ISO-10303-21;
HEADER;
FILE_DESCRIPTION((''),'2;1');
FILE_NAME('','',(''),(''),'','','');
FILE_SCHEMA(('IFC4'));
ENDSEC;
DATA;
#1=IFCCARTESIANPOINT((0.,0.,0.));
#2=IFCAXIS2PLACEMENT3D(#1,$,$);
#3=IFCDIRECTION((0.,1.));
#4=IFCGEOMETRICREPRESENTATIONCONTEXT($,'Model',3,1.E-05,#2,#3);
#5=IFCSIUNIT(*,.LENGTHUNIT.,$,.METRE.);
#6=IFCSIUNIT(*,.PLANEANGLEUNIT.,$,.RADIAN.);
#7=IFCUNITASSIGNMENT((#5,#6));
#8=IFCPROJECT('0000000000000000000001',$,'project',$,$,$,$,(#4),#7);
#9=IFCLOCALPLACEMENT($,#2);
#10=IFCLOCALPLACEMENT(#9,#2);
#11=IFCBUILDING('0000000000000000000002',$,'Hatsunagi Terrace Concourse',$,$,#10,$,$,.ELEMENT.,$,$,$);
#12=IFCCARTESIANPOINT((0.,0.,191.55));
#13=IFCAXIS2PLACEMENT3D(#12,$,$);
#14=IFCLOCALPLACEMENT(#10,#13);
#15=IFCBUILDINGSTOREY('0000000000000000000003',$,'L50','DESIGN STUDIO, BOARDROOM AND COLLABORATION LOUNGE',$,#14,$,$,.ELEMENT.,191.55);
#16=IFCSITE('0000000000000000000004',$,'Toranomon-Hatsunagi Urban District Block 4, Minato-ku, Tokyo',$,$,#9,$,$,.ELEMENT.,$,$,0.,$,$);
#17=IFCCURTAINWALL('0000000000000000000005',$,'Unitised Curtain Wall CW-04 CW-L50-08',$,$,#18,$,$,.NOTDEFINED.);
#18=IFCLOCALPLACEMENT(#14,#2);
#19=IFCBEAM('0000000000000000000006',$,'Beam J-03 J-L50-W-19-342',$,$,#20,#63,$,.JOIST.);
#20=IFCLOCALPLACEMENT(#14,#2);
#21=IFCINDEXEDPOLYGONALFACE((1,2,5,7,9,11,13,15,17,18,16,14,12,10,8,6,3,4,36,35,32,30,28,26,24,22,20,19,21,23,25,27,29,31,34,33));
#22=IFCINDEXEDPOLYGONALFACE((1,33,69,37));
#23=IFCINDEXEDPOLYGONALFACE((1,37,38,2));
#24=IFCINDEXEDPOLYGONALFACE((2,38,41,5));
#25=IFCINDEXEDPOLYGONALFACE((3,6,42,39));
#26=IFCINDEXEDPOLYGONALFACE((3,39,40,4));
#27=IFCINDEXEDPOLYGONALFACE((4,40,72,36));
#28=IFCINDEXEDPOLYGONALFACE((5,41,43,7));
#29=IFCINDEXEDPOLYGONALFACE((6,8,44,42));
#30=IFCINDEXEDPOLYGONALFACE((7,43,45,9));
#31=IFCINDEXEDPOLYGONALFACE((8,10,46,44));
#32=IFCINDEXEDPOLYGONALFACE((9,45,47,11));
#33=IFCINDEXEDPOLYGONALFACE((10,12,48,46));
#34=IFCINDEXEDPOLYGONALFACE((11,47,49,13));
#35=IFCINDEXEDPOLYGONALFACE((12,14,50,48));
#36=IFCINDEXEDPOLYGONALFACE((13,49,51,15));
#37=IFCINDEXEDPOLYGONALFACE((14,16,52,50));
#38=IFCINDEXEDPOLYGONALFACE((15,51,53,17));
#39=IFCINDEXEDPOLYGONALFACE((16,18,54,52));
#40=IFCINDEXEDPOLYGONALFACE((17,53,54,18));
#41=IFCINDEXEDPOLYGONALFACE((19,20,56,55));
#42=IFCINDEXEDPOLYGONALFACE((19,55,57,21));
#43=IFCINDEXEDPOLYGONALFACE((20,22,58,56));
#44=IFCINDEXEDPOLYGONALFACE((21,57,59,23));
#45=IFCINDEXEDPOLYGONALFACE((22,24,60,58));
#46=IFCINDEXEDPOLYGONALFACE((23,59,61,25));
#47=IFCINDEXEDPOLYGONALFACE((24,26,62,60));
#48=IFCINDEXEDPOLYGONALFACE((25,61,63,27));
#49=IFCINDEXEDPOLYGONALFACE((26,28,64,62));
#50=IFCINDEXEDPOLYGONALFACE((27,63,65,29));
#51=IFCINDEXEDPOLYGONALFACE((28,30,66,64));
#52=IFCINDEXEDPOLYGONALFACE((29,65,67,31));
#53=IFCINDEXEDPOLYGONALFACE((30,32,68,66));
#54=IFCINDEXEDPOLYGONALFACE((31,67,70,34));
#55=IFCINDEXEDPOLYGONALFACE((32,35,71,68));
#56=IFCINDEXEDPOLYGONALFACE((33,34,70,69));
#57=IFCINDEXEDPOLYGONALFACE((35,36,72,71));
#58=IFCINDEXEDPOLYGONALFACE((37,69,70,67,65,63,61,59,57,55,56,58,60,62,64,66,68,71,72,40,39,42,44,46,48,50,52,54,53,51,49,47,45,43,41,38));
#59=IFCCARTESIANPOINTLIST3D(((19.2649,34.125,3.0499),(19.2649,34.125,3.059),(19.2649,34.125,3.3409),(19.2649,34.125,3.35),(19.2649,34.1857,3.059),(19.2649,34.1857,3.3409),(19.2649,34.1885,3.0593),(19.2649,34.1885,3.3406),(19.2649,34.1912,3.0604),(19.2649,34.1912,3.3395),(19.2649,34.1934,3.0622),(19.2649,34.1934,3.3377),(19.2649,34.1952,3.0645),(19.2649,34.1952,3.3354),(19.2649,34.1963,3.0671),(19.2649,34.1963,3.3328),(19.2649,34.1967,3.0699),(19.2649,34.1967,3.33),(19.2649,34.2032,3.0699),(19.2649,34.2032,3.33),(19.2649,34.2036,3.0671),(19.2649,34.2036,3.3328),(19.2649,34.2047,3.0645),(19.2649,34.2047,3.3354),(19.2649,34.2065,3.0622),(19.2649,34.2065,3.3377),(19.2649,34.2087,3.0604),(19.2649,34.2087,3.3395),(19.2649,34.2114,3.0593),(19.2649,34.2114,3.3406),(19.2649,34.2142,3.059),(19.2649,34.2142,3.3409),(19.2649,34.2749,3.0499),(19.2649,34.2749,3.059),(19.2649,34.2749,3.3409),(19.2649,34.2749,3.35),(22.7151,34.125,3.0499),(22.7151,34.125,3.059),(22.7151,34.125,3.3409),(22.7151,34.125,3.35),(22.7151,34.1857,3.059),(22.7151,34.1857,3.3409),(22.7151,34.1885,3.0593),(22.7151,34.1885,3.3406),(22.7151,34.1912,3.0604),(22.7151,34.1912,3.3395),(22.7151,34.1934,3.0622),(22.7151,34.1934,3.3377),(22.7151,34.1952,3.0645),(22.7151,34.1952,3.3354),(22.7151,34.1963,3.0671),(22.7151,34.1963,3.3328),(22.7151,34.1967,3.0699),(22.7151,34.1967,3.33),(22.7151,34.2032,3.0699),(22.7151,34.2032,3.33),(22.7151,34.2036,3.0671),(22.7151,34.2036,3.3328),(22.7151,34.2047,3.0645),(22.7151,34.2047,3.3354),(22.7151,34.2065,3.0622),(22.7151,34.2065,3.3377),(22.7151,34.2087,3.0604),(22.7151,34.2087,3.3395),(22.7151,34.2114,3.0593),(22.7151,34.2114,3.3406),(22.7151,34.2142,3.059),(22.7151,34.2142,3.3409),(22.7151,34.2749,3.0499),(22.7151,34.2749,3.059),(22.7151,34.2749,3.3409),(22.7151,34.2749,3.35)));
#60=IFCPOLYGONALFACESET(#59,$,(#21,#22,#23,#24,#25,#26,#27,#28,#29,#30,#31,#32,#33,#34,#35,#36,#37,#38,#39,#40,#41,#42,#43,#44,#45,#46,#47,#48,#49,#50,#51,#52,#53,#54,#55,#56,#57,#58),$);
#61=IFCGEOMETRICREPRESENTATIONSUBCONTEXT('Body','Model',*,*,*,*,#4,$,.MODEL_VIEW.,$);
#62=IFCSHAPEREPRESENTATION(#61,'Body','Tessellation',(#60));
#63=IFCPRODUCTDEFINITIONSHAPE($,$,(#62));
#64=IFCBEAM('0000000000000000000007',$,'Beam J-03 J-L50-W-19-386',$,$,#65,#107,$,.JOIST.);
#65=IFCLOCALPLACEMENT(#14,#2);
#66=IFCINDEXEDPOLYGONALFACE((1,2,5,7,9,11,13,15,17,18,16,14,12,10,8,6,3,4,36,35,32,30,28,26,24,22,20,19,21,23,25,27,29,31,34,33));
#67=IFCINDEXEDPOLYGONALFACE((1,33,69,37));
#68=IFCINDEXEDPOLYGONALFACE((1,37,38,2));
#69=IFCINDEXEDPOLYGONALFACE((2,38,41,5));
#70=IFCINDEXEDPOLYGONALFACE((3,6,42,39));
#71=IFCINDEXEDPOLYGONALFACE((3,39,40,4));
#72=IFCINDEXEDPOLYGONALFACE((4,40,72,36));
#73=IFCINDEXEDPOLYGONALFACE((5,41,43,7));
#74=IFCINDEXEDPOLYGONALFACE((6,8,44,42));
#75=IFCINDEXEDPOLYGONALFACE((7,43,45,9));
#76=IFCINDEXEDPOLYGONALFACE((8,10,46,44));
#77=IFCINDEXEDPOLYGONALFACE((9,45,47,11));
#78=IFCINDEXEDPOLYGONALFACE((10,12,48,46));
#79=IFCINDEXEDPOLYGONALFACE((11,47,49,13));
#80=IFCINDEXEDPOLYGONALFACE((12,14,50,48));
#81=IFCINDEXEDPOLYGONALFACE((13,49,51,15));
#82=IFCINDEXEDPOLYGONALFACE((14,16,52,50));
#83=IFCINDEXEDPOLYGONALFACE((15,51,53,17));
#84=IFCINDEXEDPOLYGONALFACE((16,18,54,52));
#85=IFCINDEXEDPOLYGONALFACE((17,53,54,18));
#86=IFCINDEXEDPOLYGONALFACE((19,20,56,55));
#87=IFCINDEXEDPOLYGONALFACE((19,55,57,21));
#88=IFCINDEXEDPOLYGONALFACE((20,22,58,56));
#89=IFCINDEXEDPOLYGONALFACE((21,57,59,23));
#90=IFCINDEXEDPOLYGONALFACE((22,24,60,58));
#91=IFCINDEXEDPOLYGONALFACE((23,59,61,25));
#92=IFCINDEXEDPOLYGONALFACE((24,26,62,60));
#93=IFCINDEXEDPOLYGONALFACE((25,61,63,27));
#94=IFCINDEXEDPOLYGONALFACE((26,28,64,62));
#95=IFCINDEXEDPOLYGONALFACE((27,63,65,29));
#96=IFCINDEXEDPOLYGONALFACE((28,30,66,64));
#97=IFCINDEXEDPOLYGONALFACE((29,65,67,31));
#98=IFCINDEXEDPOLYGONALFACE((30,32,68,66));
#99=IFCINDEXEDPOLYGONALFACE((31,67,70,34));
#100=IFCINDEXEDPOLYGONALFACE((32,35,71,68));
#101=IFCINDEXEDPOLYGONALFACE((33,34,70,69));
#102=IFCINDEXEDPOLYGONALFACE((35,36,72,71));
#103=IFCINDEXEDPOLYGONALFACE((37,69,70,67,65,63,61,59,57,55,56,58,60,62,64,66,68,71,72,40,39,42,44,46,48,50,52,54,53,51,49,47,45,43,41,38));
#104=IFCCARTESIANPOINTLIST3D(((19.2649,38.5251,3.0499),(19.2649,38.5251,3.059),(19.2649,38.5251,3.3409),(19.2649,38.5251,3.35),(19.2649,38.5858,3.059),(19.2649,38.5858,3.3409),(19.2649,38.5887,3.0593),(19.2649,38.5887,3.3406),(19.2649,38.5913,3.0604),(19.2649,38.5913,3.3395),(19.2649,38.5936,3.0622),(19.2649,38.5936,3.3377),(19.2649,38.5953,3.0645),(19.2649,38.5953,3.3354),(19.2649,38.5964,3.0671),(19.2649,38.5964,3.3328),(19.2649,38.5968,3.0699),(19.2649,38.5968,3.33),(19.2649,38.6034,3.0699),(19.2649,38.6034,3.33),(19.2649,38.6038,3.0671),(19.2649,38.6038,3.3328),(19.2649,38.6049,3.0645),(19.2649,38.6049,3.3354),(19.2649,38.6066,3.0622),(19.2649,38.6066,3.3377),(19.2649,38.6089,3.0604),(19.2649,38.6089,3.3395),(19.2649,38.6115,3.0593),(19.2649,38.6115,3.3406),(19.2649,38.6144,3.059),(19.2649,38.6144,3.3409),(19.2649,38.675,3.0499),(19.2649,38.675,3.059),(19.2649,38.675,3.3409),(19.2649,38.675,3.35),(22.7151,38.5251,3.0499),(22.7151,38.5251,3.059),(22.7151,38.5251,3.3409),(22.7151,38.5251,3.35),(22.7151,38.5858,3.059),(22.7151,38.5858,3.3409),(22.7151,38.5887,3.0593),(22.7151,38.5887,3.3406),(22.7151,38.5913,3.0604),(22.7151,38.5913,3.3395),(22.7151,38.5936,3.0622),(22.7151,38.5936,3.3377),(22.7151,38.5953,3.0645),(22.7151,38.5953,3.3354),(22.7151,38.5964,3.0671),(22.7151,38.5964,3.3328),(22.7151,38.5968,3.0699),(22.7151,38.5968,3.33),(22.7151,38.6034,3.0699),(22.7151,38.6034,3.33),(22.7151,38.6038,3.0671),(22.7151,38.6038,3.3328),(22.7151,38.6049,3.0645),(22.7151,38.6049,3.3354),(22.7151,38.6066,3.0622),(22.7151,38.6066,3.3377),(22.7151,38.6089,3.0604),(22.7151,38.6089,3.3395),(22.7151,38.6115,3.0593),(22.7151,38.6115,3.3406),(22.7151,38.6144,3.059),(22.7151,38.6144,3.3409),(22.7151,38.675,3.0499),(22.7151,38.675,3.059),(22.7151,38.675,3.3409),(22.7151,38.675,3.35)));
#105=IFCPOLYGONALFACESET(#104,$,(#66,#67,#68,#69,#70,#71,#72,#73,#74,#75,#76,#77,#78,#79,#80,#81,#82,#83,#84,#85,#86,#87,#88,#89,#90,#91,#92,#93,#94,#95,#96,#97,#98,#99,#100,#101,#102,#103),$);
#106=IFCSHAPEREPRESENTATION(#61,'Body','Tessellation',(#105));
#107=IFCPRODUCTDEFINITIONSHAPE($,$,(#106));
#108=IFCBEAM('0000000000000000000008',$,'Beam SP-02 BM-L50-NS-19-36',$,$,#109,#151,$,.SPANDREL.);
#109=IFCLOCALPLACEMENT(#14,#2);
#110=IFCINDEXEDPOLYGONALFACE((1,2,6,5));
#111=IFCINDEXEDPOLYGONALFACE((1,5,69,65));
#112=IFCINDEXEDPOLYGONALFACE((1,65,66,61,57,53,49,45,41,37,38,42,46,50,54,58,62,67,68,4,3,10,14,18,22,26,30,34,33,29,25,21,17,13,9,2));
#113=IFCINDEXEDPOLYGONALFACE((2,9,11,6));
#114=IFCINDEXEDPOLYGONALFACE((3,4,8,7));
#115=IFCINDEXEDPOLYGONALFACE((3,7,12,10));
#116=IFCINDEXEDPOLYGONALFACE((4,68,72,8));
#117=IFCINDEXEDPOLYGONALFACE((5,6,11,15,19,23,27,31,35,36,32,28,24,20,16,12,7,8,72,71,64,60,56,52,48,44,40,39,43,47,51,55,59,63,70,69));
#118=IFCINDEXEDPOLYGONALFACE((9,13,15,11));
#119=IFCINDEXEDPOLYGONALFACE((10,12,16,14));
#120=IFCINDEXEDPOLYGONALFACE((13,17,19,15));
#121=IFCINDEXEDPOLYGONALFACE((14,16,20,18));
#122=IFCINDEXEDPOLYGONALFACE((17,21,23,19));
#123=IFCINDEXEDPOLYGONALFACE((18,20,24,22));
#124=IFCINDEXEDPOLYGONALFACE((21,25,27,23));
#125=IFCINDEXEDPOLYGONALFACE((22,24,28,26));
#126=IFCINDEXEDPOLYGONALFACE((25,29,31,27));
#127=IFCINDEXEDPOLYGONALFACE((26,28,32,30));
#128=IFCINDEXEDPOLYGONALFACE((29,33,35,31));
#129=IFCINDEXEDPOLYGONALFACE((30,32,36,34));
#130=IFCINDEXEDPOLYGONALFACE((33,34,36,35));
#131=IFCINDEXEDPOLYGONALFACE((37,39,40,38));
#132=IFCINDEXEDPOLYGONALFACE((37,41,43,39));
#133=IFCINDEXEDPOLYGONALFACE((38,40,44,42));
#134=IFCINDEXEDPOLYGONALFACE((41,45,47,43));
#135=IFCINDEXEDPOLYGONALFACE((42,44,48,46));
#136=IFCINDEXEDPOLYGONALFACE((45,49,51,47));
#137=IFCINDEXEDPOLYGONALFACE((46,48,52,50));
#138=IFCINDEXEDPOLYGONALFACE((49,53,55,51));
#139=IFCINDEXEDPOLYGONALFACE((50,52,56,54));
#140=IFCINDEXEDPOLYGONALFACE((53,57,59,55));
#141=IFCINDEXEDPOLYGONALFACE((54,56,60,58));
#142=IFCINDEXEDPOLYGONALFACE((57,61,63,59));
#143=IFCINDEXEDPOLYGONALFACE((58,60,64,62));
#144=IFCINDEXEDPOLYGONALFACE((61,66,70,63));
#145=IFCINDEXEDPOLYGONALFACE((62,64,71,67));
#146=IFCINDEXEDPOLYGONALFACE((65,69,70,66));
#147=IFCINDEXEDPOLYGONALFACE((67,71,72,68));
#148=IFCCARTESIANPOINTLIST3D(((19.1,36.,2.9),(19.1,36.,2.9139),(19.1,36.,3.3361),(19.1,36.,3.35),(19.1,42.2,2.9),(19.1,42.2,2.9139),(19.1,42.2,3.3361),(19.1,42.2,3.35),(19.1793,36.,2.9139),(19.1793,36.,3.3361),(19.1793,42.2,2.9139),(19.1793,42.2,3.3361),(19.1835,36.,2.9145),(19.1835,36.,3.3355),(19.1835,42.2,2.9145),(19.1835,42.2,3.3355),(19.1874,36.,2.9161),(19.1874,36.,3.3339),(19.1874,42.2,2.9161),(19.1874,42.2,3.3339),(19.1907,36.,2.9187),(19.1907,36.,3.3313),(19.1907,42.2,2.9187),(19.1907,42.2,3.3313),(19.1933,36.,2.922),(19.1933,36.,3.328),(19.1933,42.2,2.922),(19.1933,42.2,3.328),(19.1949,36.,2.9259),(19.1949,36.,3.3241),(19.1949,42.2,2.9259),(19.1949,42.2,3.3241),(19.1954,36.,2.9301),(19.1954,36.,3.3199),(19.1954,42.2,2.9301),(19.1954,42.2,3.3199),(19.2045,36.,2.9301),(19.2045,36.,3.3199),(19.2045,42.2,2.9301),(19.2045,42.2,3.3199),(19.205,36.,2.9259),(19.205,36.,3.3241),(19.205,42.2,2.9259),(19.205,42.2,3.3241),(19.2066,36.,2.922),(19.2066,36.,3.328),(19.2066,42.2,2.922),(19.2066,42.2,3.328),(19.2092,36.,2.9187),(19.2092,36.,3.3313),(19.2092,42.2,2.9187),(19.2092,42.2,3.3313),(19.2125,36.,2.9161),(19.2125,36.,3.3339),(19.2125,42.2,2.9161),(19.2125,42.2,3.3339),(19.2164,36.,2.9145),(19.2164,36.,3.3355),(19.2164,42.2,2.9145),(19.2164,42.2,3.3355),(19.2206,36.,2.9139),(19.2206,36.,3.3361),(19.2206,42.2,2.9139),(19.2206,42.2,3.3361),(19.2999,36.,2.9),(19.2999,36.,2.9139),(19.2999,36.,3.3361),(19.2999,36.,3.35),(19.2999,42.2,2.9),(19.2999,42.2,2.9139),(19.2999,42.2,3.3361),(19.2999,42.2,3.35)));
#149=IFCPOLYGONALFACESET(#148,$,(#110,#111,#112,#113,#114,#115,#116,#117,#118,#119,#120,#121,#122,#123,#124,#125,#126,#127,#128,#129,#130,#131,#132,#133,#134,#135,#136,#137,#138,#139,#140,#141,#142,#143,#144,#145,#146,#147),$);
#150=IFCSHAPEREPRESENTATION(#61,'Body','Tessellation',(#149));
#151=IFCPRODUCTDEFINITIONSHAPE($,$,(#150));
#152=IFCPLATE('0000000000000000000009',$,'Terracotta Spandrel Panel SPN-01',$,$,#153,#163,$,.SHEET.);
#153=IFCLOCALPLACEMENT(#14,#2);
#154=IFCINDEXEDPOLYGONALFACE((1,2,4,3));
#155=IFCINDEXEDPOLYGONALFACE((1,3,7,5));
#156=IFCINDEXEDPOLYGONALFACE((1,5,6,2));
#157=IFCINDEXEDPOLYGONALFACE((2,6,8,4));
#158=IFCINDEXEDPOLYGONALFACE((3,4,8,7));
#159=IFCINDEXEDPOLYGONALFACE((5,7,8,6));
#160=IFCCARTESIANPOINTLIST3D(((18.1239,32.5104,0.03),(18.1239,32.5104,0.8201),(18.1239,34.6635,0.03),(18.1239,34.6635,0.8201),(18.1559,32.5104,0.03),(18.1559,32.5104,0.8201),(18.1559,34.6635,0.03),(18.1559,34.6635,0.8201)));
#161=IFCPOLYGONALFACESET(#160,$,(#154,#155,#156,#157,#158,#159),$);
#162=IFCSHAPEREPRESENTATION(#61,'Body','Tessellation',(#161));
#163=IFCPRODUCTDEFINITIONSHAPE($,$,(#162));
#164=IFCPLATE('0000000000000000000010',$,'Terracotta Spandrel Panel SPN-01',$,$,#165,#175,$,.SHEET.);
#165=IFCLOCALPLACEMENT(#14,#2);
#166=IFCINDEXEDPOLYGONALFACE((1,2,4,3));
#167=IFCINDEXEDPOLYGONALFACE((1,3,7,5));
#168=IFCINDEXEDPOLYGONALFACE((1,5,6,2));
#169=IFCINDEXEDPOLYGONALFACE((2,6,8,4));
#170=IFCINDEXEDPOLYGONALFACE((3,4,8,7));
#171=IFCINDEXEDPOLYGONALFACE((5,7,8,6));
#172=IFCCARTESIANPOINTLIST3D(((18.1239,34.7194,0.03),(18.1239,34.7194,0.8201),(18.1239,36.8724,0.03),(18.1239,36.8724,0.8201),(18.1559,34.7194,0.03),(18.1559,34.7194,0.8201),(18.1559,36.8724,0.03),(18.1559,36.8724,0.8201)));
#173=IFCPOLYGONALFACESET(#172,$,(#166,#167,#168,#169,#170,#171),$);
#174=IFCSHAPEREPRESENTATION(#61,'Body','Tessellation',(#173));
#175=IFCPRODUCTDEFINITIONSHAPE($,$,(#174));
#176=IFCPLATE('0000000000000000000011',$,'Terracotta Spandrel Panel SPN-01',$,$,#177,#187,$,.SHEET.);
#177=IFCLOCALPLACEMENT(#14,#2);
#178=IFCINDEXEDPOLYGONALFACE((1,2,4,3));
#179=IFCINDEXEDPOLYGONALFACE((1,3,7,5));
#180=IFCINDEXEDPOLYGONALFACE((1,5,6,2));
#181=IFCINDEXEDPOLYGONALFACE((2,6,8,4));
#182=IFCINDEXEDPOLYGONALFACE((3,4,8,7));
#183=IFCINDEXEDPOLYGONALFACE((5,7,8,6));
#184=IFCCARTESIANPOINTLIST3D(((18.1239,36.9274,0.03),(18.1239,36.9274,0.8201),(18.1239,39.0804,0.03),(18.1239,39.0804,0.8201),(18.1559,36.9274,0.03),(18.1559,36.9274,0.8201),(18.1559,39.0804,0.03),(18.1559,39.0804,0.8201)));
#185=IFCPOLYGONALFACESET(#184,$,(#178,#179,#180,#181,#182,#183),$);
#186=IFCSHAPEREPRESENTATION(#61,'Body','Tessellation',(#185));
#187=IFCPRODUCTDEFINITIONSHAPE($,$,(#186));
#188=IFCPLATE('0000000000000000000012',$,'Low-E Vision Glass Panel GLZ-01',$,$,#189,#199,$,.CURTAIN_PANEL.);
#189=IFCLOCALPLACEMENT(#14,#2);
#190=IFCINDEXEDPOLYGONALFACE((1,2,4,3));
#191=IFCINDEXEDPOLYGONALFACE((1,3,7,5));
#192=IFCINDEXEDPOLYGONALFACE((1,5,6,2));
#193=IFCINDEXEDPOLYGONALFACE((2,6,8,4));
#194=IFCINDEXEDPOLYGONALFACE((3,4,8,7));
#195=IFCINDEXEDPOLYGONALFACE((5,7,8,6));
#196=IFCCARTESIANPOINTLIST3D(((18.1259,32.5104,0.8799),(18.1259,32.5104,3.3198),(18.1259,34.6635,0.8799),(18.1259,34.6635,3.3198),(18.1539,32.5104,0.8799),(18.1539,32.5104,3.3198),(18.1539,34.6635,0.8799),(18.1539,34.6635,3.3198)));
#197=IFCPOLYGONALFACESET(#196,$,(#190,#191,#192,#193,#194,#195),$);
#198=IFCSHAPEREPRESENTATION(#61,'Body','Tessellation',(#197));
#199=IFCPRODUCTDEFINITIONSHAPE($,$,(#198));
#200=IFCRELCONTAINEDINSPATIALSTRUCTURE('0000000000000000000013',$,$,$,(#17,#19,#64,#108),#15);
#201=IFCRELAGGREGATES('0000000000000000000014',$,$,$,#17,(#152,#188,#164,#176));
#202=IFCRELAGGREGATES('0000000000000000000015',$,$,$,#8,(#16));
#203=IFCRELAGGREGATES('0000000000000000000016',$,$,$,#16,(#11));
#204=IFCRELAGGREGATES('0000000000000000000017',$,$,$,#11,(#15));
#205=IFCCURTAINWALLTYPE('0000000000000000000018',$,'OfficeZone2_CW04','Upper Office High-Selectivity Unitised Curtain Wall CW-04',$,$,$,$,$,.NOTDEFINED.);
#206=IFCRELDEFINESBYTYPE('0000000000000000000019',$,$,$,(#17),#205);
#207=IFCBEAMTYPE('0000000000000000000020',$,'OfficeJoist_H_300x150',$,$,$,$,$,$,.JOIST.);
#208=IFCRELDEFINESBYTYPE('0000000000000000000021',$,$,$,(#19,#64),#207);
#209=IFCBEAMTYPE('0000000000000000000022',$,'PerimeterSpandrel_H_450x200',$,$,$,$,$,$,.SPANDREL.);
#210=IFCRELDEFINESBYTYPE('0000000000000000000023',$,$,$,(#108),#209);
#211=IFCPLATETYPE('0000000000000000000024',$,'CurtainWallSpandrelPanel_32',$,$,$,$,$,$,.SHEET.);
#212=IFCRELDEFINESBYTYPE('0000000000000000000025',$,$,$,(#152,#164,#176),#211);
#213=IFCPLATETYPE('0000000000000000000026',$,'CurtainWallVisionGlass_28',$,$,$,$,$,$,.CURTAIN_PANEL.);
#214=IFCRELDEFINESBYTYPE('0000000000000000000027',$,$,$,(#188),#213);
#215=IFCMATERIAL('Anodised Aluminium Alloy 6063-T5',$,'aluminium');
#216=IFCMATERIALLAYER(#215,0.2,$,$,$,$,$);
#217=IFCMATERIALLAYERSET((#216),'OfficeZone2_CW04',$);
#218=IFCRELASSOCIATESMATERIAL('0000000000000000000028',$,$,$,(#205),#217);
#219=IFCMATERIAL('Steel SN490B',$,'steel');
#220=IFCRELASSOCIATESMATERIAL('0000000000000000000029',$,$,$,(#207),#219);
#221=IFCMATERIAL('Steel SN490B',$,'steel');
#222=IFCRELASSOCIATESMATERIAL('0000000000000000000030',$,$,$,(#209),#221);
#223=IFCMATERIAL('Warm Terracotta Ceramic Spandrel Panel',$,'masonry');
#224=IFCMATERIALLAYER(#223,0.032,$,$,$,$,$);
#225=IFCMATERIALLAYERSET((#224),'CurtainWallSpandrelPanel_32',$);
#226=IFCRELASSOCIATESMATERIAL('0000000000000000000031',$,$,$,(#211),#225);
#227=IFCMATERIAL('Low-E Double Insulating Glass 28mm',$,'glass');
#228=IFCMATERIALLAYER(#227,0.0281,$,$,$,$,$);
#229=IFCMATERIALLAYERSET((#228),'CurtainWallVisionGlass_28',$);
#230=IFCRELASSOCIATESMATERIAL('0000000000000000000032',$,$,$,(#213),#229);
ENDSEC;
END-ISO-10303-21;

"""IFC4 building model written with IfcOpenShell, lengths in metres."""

from ifc_helpers import new_model, si_unit, direction, frame, origin, origin_2d, place, context, subcontext, project, spatial, rectangle, i_section, extrude, material, layer, layer_set, material_profile, profile_set, type_object, element, aggregate, save


model = new_model("IFC4")

# Units and contexts
model_context = context("Model", 3, precision=1e-05, world=origin(), true_north=direction((0.0, 1.0)))
body_context = subcontext(model_context, "Body", "Model", "MODEL_VIEW")
ifc_project = project(units=[si_unit("LENGTHUNIT", "METRE"), si_unit("PLANEANGLEUNIT", "RADIAN")], contexts=[model_context])

# Site, building, storey
site_placement = place(None, origin())
site = spatial("IfcSite", under=ifc_project, at=site_placement, Name="Toranomon-Hatsunagi Urban District Block 4, Minato-ku, Tokyo", CompositionType="ELEMENT", RefElevation=0.0)
building_placement = place(site_placement, origin())
building = spatial("IfcBuilding", under=site, at=building_placement, Name="Hatsunagi Terrace Concourse", CompositionType="ELEMENT")
storey_placement = place(building_placement, frame((0.0, 0.0, 191.55)))
storey = spatial("IfcBuildingStorey", under=building, at=storey_placement, Name="L50", Description="DESIGN STUDIO, BOARDROOM AND COLLABORATION LOUNGE", CompositionType="ELEMENT", Elevation=191.55)

# Curtain wall
ifc_material_1 = material(Name="Anodised Aluminium Alloy 6063-T5", Category="aluminium")
ifc_layer_1 = layer(ifc_material_1, 0.2)
ifc_layer_set_1 = layer_set([ifc_layer_1], Name="OfficeZone2_CW04")
curtain_wall_type = type_object("IfcCurtainWallType", Name="OfficeZone2_CW04", Description="Upper Office High-Selectivity Unitised Curtain Wall CW-04", PredefinedType="NOTDEFINED", material=ifc_layer_set_1)
curtain_wall_placement = place(storey_placement, origin())
curtain_wall = element("IfcCurtainWall", 1, at=curtain_wall_placement, inside=storey, type_object=curtain_wall_type, Name="Unitised Curtain Wall CW-04 CW-L50-08", PredefinedType="NOTDEFINED")

# Beams
ifc_material_2 = material(Name="Steel SN490B", Category="steel")
ifc_material_profile_1 = material_profile(ifc_material_2, i_section(OverallWidth=0.1499, OverallDepth=0.3, WebThickness=0.0066, FlangeThickness=0.009, FilletRadius=0.011, at=origin_2d()), Name="H-300x150x6.5x9")
ifc_profile_set_1 = profile_set([ifc_material_profile_1], Name="Steel SN490B")
beam_type_1 = type_object("IfcBeamType", Name="OfficeJoist_H_300x150", PredefinedType="JOIST", material=ifc_profile_set_1)
for number, where, z_axis, x_axis, name in (
    (2, (19.2649, 34.2, 3.2), (1.0, 0.0, 0.0), (0.0, 1.0, 0.0), "Beam J-03 J-L50-W-19-342"),
    (3, (19.2649, 38.6001, 3.2), (1.0, 0.0, 0.0), (0.0, 1.0, 0.0), "Beam J-03 J-L50-W-19-386"),
):
    element("IfcBeam", number, at=place(storey_placement, frame(where, z_axis=z_axis, x_axis=x_axis)), inside=storey, type_object=beam_type_1, Name=name, PredefinedType="JOIST", context=body_context, shape_type="SweptSolid", body=[
        extrude(i_section(OverallWidth=0.1499, OverallDepth=0.3, WebThickness=0.0066, FlangeThickness=0.009, FilletRadius=0.011, at=origin_2d()), origin(), (0.0, 0.0, 1.0), 3.4502),
    ])
ifc_material_3 = material(Name="Steel SN490B", Category="steel")
ifc_material_profile_2 = material_profile(ifc_material_3, i_section(OverallWidth=0.2, OverallDepth=0.45, WebThickness=0.009, FlangeThickness=0.0139, FilletRadius=0.0161, at=origin_2d()), Name="H-450x200x9x14")
ifc_profile_set_2 = profile_set([ifc_material_profile_2], Name="Steel SN490B")
beam_type_2 = type_object("IfcBeamType", Name="PerimeterSpandrel_H_450x200", PredefinedType="SPANDREL", material=ifc_profile_set_2)
beam_1_placement = place(storey_placement, frame((19.2, 36.0, 3.125), z_axis=(0.0, 1.0, 0.0), x_axis=(-1.0, 0.0, 0.0)))
element("IfcBeam", 4, at=beam_1_placement, inside=storey, type_object=beam_type_2, Name="Beam SP-02 BM-L50-NS-19-36", PredefinedType="SPANDREL", context=body_context, shape_type="SweptSolid", body=[
    extrude(i_section(OverallWidth=0.2, OverallDepth=0.45, WebThickness=0.009, FlangeThickness=0.0139, FilletRadius=0.0161, at=origin_2d()), origin(), (0.0, 0.0, 1.0), 6.2),
])

# Plates
ifc_material_4 = material(Name="Warm Terracotta Ceramic Spandrel Panel", Category="masonry")
ifc_layer_2 = layer(ifc_material_4, 0.032)
ifc_layer_set_2 = layer_set([ifc_layer_2], Name="CurtainWallSpandrelPanel_32")
plate_type_1 = type_object("IfcPlateType", Name="CurtainWallSpandrelPanel_32", PredefinedType="SHEET", material=ifc_layer_set_2)
plate_1_placement = place(storey_placement, frame((18.1399, 33.5869, 0.03), z_axis=(0.0, 0.0, 1.0), x_axis=(0.0, 1.0, 0.0)))
plate_1 = element("IfcPlate", 5, at=plate_1_placement, type_object=plate_type_1, Name="Terracotta Spandrel Panel SPN-01", PredefinedType="SHEET", context=body_context, shape_type="SweptSolid", body=[
    extrude(rectangle(XDim=2.1531, YDim=0.032, at=origin_2d()), origin(), (0.0, 0.0, 1.0), 0.79),
])
plate_2_placement = place(storey_placement, frame((18.1399, 35.7959, 0.03), z_axis=(0.0, 0.0, 1.0), x_axis=(0.0, 1.0, 0.0)))
plate_2 = element("IfcPlate", 6, at=plate_2_placement, type_object=plate_type_1, Name="Terracotta Spandrel Panel SPN-01", PredefinedType="SHEET", context=body_context, shape_type="SweptSolid", body=[
    extrude(rectangle(XDim=2.1531, YDim=0.032, at=origin_2d()), origin(), (0.0, 0.0, 1.0), 0.79),
])
plate_3_placement = place(storey_placement, frame((18.1399, 38.0039, 0.03), z_axis=(0.0, 0.0, 1.0), x_axis=(0.0, 1.0, 0.0)))
plate_3 = element("IfcPlate", 7, at=plate_3_placement, type_object=plate_type_1, Name="Terracotta Spandrel Panel SPN-01", PredefinedType="SHEET", context=body_context, shape_type="SweptSolid", body=[
    extrude(rectangle(XDim=2.1531, YDim=0.032, at=origin_2d()), origin(), (0.0, 0.0, 1.0), 0.79),
])
ifc_material_5 = material(Name="Low-E Double Insulating Glass 28mm", Category="glass")
ifc_layer_3 = layer(ifc_material_5, 0.0281)
ifc_layer_set_3 = layer_set([ifc_layer_3], Name="CurtainWallVisionGlass_28")
plate_type_2 = type_object("IfcPlateType", Name="CurtainWallVisionGlass_28", PredefinedType="CURTAIN_PANEL", material=ifc_layer_set_3)
plate_4_placement = place(storey_placement, frame((18.1399, 33.5869, 0.8799), z_axis=(0.0, 0.0, 1.0), x_axis=(0.0, 1.0, 0.0)))
plate_4 = element("IfcPlate", 8, at=plate_4_placement, type_object=plate_type_2, Name="Low-E Vision Glass Panel GLZ-01", PredefinedType="CURTAIN_PANEL", context=body_context, shape_type="SweptSolid", body=[
    extrude(rectangle(XDim=2.1531, YDim=0.0281, at=origin_2d()), origin(), (0.0, 0.0, 1.0), 2.4399),
])
aggregate(curtain_wall, [plate_1, plate_4, plate_2, plate_3])

save(model, "model.ifc")
